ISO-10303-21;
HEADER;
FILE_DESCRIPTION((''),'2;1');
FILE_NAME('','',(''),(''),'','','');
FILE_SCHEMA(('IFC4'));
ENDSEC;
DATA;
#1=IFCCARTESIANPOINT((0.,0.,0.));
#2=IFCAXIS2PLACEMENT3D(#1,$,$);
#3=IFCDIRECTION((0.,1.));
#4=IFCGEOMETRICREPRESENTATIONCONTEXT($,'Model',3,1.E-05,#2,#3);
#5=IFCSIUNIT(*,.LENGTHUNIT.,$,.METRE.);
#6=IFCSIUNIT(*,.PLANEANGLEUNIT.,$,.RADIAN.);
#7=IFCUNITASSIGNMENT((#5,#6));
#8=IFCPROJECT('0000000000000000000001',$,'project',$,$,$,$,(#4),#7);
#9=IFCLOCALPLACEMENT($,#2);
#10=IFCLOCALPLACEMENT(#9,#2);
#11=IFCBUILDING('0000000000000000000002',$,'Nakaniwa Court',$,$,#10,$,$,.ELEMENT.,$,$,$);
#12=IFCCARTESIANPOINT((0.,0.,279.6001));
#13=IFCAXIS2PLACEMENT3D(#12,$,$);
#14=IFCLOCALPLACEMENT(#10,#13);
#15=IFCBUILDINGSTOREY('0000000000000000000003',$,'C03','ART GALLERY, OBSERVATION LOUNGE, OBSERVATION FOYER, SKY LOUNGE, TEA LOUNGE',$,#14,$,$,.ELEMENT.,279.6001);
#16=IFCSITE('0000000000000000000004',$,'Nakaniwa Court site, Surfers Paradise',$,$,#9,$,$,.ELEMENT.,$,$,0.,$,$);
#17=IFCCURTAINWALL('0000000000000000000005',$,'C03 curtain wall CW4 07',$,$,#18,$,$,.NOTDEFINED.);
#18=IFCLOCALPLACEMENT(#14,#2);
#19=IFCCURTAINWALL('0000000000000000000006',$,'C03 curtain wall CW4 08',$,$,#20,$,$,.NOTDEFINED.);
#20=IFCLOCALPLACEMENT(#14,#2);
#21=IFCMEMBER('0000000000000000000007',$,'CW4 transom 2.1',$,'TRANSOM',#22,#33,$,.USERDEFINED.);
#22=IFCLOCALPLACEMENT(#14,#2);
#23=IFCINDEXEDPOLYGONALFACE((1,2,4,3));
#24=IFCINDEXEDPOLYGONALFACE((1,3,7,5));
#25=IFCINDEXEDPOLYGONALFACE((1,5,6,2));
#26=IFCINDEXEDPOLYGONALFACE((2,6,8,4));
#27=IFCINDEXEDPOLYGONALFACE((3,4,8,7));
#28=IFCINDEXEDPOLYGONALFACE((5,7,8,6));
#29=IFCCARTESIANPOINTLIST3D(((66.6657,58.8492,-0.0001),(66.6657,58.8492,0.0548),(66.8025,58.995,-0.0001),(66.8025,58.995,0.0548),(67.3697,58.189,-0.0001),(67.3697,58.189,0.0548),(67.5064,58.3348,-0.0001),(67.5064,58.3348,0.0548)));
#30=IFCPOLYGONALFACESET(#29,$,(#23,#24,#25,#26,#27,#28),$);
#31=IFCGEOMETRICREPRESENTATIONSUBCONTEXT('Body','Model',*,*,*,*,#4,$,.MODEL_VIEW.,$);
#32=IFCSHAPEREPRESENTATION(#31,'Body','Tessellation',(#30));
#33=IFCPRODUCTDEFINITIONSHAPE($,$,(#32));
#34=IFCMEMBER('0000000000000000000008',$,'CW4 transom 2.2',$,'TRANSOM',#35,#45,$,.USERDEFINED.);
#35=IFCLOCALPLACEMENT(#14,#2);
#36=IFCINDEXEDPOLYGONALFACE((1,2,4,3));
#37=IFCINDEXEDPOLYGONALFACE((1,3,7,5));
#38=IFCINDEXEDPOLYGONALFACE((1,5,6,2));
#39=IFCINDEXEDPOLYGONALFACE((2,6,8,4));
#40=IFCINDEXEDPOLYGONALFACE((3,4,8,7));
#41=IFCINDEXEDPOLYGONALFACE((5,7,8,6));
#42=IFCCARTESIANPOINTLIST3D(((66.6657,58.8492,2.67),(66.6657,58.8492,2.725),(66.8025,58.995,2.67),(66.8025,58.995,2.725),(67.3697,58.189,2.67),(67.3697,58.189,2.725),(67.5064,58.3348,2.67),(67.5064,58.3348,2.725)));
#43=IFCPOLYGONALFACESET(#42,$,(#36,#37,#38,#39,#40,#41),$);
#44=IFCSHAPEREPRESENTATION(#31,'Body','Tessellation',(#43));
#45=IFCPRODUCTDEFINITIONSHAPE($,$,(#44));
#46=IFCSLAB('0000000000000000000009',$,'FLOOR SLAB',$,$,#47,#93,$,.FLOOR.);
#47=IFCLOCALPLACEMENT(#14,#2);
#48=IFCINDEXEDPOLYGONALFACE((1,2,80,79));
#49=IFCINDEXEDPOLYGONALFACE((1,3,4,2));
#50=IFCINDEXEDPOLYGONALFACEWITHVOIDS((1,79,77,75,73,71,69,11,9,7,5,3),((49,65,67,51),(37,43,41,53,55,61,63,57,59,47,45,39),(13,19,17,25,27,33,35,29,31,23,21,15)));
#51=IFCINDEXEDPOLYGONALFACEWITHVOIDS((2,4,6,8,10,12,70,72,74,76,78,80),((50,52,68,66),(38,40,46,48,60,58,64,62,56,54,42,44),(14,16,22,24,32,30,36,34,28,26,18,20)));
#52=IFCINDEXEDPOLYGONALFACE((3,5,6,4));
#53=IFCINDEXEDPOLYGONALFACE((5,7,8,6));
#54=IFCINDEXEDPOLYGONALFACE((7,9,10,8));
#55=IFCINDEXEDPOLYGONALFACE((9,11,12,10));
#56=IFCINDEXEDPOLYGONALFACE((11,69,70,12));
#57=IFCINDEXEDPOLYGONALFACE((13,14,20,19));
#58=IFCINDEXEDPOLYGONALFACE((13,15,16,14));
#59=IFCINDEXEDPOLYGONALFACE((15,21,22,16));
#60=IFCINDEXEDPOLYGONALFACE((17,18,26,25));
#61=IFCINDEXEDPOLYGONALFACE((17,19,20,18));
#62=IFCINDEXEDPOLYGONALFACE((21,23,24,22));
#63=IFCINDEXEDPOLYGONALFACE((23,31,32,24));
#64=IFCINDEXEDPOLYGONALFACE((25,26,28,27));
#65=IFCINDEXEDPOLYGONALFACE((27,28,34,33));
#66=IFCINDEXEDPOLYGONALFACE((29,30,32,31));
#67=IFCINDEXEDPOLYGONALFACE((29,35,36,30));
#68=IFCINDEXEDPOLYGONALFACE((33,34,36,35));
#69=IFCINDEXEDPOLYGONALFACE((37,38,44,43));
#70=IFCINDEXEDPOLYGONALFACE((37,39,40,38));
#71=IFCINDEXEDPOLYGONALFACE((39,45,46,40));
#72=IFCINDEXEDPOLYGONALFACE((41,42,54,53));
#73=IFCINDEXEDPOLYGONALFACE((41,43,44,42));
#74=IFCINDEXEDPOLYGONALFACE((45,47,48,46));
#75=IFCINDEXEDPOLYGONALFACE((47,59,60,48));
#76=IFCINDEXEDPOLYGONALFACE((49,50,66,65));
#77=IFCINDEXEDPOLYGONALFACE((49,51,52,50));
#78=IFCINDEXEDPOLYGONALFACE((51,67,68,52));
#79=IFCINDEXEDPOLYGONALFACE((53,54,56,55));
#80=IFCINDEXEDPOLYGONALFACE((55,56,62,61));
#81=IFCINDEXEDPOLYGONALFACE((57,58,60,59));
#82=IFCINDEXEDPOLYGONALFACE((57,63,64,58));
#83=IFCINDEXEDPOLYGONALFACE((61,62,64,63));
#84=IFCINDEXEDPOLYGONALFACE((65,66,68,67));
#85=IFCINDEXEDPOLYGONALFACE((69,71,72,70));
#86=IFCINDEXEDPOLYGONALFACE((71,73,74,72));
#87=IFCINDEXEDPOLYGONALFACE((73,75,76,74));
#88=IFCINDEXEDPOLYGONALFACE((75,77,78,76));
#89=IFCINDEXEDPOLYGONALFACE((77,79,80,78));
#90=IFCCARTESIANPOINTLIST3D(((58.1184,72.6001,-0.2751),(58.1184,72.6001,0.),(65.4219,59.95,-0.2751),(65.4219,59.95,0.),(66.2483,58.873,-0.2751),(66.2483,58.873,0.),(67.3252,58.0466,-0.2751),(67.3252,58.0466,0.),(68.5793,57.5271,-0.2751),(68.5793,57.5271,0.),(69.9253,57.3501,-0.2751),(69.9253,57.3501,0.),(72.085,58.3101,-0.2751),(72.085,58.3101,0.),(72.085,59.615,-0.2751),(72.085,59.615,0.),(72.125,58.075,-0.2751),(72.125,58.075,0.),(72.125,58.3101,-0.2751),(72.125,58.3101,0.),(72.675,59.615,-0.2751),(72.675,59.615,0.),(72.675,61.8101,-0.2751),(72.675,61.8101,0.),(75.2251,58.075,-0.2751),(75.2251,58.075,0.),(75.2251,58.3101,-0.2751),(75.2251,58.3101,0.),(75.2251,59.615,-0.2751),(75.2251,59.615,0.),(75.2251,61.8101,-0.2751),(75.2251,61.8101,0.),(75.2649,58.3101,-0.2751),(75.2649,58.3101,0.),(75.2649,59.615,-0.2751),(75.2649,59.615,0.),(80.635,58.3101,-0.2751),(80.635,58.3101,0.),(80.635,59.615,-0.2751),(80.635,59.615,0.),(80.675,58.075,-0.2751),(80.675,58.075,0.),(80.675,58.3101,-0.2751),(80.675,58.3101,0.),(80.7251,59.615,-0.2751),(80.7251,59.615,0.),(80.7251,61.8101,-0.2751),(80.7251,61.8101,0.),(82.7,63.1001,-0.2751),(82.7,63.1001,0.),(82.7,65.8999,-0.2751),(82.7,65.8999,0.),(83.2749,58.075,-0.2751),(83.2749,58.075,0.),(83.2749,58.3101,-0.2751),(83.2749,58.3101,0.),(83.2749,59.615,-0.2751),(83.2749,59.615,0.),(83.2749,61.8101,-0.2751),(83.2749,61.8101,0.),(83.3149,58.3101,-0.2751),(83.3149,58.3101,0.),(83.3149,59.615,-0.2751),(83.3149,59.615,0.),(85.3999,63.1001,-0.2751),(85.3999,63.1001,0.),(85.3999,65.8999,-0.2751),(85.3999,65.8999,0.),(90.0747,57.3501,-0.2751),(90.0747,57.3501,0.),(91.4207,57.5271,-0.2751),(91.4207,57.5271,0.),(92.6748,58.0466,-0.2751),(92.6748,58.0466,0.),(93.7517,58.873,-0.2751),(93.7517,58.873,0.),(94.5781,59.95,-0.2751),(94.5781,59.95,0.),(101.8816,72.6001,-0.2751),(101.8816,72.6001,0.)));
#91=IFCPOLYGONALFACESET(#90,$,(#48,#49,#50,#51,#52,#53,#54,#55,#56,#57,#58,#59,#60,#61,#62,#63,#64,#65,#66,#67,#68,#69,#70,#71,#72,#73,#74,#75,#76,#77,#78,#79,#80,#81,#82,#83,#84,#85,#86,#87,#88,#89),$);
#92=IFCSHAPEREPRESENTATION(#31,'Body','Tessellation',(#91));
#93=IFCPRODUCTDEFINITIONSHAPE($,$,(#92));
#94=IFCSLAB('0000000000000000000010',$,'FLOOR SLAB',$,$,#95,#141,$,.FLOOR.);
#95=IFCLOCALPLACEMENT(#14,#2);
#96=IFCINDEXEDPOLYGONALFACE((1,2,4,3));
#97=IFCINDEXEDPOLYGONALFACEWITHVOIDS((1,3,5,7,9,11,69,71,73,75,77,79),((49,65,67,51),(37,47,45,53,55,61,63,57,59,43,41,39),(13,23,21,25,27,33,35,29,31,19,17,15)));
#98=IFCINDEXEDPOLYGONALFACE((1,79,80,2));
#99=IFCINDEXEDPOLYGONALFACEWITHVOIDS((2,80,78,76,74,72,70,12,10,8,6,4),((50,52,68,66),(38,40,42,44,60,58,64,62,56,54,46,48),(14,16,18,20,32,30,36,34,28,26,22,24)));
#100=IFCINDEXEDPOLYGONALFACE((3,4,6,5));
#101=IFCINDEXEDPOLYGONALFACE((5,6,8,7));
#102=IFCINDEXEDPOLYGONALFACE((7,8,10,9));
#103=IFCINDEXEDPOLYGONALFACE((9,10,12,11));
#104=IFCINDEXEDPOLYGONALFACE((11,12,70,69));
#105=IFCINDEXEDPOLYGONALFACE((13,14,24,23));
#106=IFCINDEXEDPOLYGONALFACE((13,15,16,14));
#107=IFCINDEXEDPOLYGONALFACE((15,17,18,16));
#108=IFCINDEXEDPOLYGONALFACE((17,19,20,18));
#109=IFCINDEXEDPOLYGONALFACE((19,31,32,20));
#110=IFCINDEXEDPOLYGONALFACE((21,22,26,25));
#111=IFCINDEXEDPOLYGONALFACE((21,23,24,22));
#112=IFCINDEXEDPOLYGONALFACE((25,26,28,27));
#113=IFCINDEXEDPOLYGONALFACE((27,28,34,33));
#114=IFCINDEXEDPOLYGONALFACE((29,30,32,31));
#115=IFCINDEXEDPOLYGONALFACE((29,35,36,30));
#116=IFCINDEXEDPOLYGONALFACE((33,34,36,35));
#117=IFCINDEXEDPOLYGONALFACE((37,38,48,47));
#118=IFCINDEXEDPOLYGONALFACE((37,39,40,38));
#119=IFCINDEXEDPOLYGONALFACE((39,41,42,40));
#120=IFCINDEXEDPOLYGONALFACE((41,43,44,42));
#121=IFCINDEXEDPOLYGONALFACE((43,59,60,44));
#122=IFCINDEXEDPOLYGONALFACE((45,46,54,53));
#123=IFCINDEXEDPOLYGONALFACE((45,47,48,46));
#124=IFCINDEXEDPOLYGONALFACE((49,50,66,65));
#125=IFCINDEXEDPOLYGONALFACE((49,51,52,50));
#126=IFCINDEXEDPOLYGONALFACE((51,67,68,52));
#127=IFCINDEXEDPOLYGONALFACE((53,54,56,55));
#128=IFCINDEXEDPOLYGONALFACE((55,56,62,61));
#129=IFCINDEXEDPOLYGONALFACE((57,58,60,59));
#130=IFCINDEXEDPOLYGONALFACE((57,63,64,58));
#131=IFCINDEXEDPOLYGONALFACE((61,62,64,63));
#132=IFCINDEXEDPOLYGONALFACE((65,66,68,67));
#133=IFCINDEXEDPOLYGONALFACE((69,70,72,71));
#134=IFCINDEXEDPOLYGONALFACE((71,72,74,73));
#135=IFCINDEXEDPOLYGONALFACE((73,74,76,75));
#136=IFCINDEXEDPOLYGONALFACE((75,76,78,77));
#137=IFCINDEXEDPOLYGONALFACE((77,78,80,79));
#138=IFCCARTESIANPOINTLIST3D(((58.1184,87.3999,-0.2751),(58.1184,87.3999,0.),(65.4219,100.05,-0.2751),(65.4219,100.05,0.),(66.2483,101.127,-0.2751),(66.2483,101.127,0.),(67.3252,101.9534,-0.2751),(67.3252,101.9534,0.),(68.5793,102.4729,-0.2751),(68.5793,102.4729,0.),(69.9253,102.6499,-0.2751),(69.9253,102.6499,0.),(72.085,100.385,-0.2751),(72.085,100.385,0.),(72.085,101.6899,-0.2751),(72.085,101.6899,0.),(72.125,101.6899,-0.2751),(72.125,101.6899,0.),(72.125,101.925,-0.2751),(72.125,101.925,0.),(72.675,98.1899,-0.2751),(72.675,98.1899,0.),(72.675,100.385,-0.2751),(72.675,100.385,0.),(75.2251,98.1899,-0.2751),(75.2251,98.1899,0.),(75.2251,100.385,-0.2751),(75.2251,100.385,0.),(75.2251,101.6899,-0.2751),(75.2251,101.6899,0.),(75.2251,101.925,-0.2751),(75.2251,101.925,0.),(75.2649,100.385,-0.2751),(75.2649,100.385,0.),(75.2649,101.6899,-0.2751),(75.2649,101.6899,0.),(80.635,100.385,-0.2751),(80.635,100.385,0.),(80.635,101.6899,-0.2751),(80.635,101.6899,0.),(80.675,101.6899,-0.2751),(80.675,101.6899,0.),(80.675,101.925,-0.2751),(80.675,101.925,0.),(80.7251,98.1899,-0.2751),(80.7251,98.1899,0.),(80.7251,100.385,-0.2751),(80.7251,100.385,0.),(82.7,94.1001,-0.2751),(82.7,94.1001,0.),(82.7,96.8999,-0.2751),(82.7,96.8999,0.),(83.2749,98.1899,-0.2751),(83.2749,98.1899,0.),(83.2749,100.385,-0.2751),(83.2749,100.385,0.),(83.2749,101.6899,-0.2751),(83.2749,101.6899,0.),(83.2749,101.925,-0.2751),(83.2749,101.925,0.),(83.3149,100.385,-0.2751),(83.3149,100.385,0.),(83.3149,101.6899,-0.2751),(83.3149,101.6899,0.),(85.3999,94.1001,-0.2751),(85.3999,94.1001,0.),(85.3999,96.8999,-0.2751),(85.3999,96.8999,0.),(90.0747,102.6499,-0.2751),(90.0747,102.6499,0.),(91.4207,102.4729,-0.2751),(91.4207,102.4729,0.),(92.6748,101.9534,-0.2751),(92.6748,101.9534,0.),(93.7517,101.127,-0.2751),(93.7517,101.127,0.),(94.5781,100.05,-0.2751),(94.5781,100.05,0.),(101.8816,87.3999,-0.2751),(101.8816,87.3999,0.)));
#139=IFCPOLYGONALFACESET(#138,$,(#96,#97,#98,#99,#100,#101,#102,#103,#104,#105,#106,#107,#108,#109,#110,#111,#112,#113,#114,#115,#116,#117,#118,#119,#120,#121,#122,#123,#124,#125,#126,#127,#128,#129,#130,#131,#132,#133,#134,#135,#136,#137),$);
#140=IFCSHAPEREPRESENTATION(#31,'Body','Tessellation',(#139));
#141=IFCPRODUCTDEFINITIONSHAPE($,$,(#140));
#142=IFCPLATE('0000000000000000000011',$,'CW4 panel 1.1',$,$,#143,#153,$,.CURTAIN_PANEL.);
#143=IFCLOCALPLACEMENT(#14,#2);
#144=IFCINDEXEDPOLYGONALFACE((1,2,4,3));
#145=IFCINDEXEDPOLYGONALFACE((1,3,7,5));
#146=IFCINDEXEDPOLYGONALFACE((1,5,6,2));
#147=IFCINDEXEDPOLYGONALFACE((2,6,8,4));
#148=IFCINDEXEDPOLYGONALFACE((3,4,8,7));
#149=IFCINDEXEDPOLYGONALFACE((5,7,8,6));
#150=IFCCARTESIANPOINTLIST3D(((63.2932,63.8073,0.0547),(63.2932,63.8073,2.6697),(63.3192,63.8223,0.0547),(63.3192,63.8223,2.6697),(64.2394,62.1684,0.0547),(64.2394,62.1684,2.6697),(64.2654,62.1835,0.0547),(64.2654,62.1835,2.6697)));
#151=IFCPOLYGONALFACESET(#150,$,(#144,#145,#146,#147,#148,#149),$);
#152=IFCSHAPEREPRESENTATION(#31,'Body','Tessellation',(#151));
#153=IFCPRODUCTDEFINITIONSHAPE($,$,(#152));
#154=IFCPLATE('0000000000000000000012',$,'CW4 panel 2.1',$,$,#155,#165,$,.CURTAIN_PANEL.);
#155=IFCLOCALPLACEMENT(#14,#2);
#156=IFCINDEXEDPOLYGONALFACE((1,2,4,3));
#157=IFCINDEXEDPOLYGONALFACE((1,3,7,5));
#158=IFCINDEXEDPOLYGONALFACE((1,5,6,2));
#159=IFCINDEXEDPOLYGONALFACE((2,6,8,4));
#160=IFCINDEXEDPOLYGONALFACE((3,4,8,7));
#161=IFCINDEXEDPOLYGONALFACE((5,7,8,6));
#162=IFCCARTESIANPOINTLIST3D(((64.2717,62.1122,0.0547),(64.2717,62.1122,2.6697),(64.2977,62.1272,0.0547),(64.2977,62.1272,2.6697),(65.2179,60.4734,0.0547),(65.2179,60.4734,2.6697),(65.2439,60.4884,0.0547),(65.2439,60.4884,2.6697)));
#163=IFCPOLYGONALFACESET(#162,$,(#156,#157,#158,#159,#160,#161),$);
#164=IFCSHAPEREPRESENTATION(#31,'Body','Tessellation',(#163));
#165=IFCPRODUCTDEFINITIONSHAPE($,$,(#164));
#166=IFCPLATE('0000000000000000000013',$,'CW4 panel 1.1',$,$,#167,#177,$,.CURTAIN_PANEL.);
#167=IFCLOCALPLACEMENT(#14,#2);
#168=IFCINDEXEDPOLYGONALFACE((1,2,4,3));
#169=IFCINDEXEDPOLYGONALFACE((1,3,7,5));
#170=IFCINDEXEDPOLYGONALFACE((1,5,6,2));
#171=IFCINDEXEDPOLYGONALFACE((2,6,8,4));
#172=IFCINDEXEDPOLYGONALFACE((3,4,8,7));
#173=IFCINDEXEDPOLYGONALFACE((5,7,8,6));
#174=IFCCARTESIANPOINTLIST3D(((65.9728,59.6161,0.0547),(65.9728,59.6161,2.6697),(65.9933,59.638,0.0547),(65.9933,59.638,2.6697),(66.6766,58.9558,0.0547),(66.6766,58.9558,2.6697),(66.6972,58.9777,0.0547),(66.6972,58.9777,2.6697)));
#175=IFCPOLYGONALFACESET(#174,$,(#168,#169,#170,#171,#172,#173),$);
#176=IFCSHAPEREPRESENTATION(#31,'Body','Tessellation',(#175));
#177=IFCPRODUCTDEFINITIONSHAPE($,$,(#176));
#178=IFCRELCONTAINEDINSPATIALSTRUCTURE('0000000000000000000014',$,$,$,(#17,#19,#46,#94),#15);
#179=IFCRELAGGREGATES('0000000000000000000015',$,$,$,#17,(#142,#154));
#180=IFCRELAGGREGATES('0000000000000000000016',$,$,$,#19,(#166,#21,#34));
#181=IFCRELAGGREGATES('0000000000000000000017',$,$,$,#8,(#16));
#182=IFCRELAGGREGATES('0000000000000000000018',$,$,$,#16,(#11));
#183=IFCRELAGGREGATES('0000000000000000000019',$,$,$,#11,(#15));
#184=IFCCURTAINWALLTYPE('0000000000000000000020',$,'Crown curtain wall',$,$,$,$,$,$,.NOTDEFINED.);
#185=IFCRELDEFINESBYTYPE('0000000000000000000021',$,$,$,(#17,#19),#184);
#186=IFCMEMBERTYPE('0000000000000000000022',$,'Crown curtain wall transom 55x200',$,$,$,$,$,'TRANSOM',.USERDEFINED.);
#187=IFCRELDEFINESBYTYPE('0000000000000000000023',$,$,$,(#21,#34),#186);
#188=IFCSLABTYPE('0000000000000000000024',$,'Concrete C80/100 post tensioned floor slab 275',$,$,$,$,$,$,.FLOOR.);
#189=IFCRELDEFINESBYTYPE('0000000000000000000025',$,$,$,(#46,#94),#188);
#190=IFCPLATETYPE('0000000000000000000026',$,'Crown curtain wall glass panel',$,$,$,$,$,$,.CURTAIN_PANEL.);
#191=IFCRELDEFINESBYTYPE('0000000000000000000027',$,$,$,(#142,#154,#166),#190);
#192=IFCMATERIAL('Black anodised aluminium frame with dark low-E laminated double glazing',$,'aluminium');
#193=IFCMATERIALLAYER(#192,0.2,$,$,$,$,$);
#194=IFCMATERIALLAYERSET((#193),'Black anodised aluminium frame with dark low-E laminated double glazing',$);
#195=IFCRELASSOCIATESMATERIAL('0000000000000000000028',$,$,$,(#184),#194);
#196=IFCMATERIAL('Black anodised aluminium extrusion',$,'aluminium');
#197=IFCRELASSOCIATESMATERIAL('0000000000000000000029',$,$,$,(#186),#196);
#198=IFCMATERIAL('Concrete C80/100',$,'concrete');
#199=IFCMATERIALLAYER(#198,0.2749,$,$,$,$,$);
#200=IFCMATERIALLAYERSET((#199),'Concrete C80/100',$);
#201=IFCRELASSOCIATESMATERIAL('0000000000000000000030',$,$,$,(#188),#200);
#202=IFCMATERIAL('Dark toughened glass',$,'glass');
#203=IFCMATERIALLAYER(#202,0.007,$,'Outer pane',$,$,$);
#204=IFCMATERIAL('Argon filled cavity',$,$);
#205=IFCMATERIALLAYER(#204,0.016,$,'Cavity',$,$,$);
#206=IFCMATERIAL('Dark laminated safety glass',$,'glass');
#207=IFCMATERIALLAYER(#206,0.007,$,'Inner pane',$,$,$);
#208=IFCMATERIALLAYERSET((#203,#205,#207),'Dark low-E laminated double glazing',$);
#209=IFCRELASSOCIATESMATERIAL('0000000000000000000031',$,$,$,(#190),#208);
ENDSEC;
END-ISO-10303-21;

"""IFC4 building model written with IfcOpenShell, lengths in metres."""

from ifc_helpers import new_model, si_unit, direction, frame, origin, origin_2d, place, context, subcontext, project, spatial, polyline, rectangle, outline, extrude, material, layer, layer_set, material_profile, profile_set, type_object, element, aggregate, save


model = new_model("IFC4")

# Units and contexts
model_context = context("Model", 3, precision=1e-05, world=origin(), true_north=direction((0.0, 1.0)))
body_context = subcontext(model_context, "Body", "Model", "MODEL_VIEW")
ifc_project = project(units=[si_unit("LENGTHUNIT", "METRE"), si_unit("PLANEANGLEUNIT", "RADIAN")], contexts=[model_context])

# Site, building, storey
site_placement = place(None, origin())
site = spatial("IfcSite", under=ifc_project, at=site_placement, Name="Nakaniwa Court site, Surfers Paradise", CompositionType="ELEMENT", RefElevation=0.0)
building_placement = place(site_placement, origin())
building = spatial("IfcBuilding", under=site, at=building_placement, Name="Nakaniwa Court", CompositionType="ELEMENT")
storey_placement = place(building_placement, frame((0.0, 0.0, 279.6001)))
storey = spatial("IfcBuildingStorey", under=building, at=storey_placement, Name="C03", Description="ART GALLERY, OBSERVATION LOUNGE, OBSERVATION FOYER, SKY LOUNGE, TEA LOUNGE", CompositionType="ELEMENT", Elevation=279.6001)

# Shared definitions
ifc_material_1 = material(Name="Concrete C80/100", Category="concrete")

# Curtain walls
ifc_material_2 = material(Name="Black anodised aluminium frame with dark low-E laminated double glazing", Category="aluminium")
ifc_layer_1 = layer(ifc_material_2, 0.2)
ifc_layer_set_1 = layer_set([ifc_layer_1], Name="Black anodised aluminium frame with dark low-E laminated double glazing")
curtain_wall_type = type_object("IfcCurtainWallType", Name="Crown curtain wall", PredefinedType="NOTDEFINED", material=ifc_layer_set_1)
curtain_wall_1_placement = place(storey_placement, origin())
curtain_wall_1 = element("IfcCurtainWall", 1, at=curtain_wall_1_placement, inside=storey, type_object=curtain_wall_type, Name="C03 curtain wall CW4 07", PredefinedType="NOTDEFINED")
ifc_material_3 = material(Name="Black anodised aluminium extrusion", Category="aluminium")
curtain_wall_2_placement = place(storey_placement, origin())
curtain_wall_2 = element("IfcCurtainWall", 2, at=curtain_wall_2_placement, inside=storey, type_object=curtain_wall_type, Name="C03 curtain wall CW4 08", PredefinedType="NOTDEFINED")

# Members
ifc_material_profile_1 = material_profile(ifc_material_3, rectangle(XDim=0.2, YDim=0.0549, at=origin_2d()), Name="Crown curtain wall transom 55x200")
ifc_profile_set_1 = profile_set([ifc_material_profile_1], Name="Black anodised aluminium extrusion")
member_type_1 = type_object("IfcMemberType", Name="Crown curtain wall transom 55x200", ElementType="TRANSOM", PredefinedType="USERDEFINED", material=ifc_profile_set_1)
member_1_placement = place(storey_placement, frame((66.7341, 58.9221, 0.0273), z_axis=(0.729387, -0.684101, 0.0), x_axis=(0.684101, 0.729387, 0.0)))
member_1 = element("IfcMember", 3, at=member_1_placement, type_object=member_type_1, Name="CW4 transom 2.1", ObjectType="TRANSOM", PredefinedType="USERDEFINED", context=body_context, shape_type="SweptSolid", body=[
    extrude(rectangle(XDim=0.2, YDim=0.0549, at=origin_2d()), origin(), (0.0, 0.0, 1.0), 0.9651),
])
member_2_placement = place(storey_placement, frame((66.7341, 58.9221, 2.6975), z_axis=(0.729387, -0.684101, 0.0), x_axis=(0.684101, 0.729387, 0.0)))
member_2 = element("IfcMember", 4, at=member_2_placement, type_object=member_type_1, Name="CW4 transom 2.2", ObjectType="TRANSOM", PredefinedType="USERDEFINED", context=body_context, shape_type="SweptSolid", body=[
    extrude(rectangle(XDim=0.2, YDim=0.0549, at=origin_2d()), origin(), (0.0, 0.0, 1.0), 0.9651),
])

# Slabs
ifc_layer_2 = layer(ifc_material_1, 0.2749)
ifc_layer_set_2 = layer_set([ifc_layer_2], Name="Concrete C80/100")
slab_type_1 = type_object("IfcSlabType", Name="Concrete C80/100 post tensioned floor slab 275", PredefinedType="FLOOR", material=ifc_layer_set_2)
slab_1_placement = place(storey_placement, frame((0.0, 0.0, -0.2751)))
element("IfcSlab", 5, at=slab_1_placement, inside=storey, type_object=slab_type_1, Name="FLOOR SLAB", PredefinedType="FLOOR", context=body_context, shape_type="SweptSolid", body=[
    extrude(outline(polyline([(93.7517, 58.873), (94.5781, 59.95), (101.8816, 72.6001), (58.1184, 72.6001), (65.4219, 59.95), (66.2483, 58.873), (67.3252, 58.0466), (68.5793, 57.5271), (69.9253, 57.3501), (90.0747, 57.3501), (91.4207, 57.5271), (92.6748, 58.0466), (93.7517, 58.873)]), holes=[polyline([(75.2251, 58.3101), (75.2649, 58.3101), (75.2649, 59.615), (75.2251, 59.615), (75.2251, 61.8101), (72.675, 61.8101), (72.675, 59.615), (72.085, 59.615), (72.085, 58.3101), (72.125, 58.3101), (72.125, 58.075), (75.2251, 58.075), (75.2251, 58.3101)]), polyline([(83.2749, 58.3101), (83.3149, 58.3101), (83.3149, 59.615), (83.2749, 59.615), (83.2749, 61.8101), (80.7251, 61.8101), (80.7251, 59.615), (80.635, 59.615), (80.635, 58.3101), (80.675, 58.3101), (80.675, 58.075), (83.2749, 58.075), (83.2749, 58.3101)]), polyline([(82.7, 63.1001), (85.3999, 63.1001), (85.3999, 65.8999), (82.7, 65.8999), (82.7, 63.1001)])]), origin(), (0.0, 0.0, 1.0), 0.2751),
])
slab_2_placement = place(storey_placement, frame((0.0, 0.0, -0.2751)))
element("IfcSlab", 6, at=slab_2_placement, inside=storey, type_object=slab_type_1, Name="FLOOR SLAB", PredefinedType="FLOOR", context=body_context, shape_type="SweptSolid", body=[
    extrude(outline(polyline([(66.2483, 101.127), (65.4219, 100.05), (58.1184, 87.3999), (101.8816, 87.3999), (94.5781, 100.05), (93.7517, 101.127), (92.6748, 101.9534), (91.4207, 102.4729), (90.0747, 102.6499), (69.9253, 102.6499), (68.5793, 102.4729), (67.3252, 101.9534), (66.2483, 101.127)]), holes=[polyline([(85.3999, 94.1001), (85.3999, 96.8999), (82.7, 96.8999), (82.7, 94.1001), (85.3999, 94.1001)]), polyline([(75.2251, 98.1899), (75.2251, 100.385), (75.2649, 100.385), (75.2649, 101.6899), (75.2251, 101.6899), (75.2251, 101.925), (72.125, 101.925), (72.125, 101.6899), (72.085, 101.6899), (72.085, 100.385), (72.675, 100.385), (72.675, 98.1899), (75.2251, 98.1899)]), polyline([(83.2749, 100.385), (83.3149, 100.385), (83.3149, 101.6899), (83.2749, 101.6899), (83.2749, 101.925), (80.675, 101.925), (80.675, 101.6899), (80.635, 101.6899), (80.635, 100.385), (80.7251, 100.385), (80.7251, 98.1899), (83.2749, 98.1899), (83.2749, 100.385)])]), origin(), (0.0, 0.0, 1.0), 0.2751),
])

# Plates
ifc_material_4 = material(Name="Dark toughened glass", Category="glass")
ifc_layer_3 = layer(ifc_material_4, 0.007, Name="Outer pane")
ifc_material_5 = material(Name="Argon filled cavity")
ifc_layer_4 = layer(ifc_material_5, 0.016, Name="Cavity")
ifc_material_6 = material(Name="Dark laminated safety glass", Category="glass")
ifc_layer_5 = layer(ifc_material_6, 0.007, Name="Inner pane")
ifc_layer_set_3 = layer_set([ifc_layer_3, ifc_layer_4, ifc_layer_5], Name="Dark low-E laminated double glazing")
plate_type = type_object("IfcPlateType", Name="Crown curtain wall glass panel", PredefinedType="CURTAIN_PANEL", material=ifc_layer_set_3)
plate_1_placement = place(storey_placement, frame((63.7793, 62.9954, 0.0547), z_axis=(0.0, 0.0, 1.0), x_axis=(0.499996, -0.866028, 0.0)))
plate_1 = element("IfcPlate", 7, at=plate_1_placement, type_object=plate_type, Name="CW4 panel 1.1", PredefinedType="CURTAIN_PANEL", context=body_context, shape_type="SweptSolid", body=[
    extrude(rectangle(XDim=1.8923, YDim=0.03, at=origin_2d()), origin(), (0.0, 0.0, 1.0), 2.615),
])
plate_2_placement = place(storey_placement, frame((64.7578, 61.3003, 0.0547), z_axis=(0.0, 0.0, 1.0), x_axis=(0.499996, -0.866028, 0.0)))
plate_2 = element("IfcPlate", 8, at=plate_2_placement, type_object=plate_type, Name="CW4 panel 2.1", PredefinedType="CURTAIN_PANEL", context=body_context, shape_type="SweptSolid", body=[
    extrude(rectangle(XDim=1.8923, YDim=0.03, at=origin_2d()), origin(), (0.0, 0.0, 1.0), 2.615),
])
aggregate(curtain_wall_1, [plate_1, plate_2])
plate_3_placement = place(storey_placement, frame((66.335, 59.2969, 0.0547), z_axis=(0.0, 0.0, 1.0), x_axis=(0.729311, -0.684182, 0.0)))
plate_3 = element("IfcPlate", 9, at=plate_3_placement, type_object=plate_type, Name="CW4 panel 1.1", PredefinedType="CURTAIN_PANEL", context=body_context, shape_type="SweptSolid", body=[
    extrude(rectangle(XDim=0.9651, YDim=0.03, at=origin_2d()), origin(), (0.0, 0.0, 1.0), 2.615),
])
aggregate(curtain_wall_2, [plate_3, member_1, member_2])

save(model, "model.ifc")
